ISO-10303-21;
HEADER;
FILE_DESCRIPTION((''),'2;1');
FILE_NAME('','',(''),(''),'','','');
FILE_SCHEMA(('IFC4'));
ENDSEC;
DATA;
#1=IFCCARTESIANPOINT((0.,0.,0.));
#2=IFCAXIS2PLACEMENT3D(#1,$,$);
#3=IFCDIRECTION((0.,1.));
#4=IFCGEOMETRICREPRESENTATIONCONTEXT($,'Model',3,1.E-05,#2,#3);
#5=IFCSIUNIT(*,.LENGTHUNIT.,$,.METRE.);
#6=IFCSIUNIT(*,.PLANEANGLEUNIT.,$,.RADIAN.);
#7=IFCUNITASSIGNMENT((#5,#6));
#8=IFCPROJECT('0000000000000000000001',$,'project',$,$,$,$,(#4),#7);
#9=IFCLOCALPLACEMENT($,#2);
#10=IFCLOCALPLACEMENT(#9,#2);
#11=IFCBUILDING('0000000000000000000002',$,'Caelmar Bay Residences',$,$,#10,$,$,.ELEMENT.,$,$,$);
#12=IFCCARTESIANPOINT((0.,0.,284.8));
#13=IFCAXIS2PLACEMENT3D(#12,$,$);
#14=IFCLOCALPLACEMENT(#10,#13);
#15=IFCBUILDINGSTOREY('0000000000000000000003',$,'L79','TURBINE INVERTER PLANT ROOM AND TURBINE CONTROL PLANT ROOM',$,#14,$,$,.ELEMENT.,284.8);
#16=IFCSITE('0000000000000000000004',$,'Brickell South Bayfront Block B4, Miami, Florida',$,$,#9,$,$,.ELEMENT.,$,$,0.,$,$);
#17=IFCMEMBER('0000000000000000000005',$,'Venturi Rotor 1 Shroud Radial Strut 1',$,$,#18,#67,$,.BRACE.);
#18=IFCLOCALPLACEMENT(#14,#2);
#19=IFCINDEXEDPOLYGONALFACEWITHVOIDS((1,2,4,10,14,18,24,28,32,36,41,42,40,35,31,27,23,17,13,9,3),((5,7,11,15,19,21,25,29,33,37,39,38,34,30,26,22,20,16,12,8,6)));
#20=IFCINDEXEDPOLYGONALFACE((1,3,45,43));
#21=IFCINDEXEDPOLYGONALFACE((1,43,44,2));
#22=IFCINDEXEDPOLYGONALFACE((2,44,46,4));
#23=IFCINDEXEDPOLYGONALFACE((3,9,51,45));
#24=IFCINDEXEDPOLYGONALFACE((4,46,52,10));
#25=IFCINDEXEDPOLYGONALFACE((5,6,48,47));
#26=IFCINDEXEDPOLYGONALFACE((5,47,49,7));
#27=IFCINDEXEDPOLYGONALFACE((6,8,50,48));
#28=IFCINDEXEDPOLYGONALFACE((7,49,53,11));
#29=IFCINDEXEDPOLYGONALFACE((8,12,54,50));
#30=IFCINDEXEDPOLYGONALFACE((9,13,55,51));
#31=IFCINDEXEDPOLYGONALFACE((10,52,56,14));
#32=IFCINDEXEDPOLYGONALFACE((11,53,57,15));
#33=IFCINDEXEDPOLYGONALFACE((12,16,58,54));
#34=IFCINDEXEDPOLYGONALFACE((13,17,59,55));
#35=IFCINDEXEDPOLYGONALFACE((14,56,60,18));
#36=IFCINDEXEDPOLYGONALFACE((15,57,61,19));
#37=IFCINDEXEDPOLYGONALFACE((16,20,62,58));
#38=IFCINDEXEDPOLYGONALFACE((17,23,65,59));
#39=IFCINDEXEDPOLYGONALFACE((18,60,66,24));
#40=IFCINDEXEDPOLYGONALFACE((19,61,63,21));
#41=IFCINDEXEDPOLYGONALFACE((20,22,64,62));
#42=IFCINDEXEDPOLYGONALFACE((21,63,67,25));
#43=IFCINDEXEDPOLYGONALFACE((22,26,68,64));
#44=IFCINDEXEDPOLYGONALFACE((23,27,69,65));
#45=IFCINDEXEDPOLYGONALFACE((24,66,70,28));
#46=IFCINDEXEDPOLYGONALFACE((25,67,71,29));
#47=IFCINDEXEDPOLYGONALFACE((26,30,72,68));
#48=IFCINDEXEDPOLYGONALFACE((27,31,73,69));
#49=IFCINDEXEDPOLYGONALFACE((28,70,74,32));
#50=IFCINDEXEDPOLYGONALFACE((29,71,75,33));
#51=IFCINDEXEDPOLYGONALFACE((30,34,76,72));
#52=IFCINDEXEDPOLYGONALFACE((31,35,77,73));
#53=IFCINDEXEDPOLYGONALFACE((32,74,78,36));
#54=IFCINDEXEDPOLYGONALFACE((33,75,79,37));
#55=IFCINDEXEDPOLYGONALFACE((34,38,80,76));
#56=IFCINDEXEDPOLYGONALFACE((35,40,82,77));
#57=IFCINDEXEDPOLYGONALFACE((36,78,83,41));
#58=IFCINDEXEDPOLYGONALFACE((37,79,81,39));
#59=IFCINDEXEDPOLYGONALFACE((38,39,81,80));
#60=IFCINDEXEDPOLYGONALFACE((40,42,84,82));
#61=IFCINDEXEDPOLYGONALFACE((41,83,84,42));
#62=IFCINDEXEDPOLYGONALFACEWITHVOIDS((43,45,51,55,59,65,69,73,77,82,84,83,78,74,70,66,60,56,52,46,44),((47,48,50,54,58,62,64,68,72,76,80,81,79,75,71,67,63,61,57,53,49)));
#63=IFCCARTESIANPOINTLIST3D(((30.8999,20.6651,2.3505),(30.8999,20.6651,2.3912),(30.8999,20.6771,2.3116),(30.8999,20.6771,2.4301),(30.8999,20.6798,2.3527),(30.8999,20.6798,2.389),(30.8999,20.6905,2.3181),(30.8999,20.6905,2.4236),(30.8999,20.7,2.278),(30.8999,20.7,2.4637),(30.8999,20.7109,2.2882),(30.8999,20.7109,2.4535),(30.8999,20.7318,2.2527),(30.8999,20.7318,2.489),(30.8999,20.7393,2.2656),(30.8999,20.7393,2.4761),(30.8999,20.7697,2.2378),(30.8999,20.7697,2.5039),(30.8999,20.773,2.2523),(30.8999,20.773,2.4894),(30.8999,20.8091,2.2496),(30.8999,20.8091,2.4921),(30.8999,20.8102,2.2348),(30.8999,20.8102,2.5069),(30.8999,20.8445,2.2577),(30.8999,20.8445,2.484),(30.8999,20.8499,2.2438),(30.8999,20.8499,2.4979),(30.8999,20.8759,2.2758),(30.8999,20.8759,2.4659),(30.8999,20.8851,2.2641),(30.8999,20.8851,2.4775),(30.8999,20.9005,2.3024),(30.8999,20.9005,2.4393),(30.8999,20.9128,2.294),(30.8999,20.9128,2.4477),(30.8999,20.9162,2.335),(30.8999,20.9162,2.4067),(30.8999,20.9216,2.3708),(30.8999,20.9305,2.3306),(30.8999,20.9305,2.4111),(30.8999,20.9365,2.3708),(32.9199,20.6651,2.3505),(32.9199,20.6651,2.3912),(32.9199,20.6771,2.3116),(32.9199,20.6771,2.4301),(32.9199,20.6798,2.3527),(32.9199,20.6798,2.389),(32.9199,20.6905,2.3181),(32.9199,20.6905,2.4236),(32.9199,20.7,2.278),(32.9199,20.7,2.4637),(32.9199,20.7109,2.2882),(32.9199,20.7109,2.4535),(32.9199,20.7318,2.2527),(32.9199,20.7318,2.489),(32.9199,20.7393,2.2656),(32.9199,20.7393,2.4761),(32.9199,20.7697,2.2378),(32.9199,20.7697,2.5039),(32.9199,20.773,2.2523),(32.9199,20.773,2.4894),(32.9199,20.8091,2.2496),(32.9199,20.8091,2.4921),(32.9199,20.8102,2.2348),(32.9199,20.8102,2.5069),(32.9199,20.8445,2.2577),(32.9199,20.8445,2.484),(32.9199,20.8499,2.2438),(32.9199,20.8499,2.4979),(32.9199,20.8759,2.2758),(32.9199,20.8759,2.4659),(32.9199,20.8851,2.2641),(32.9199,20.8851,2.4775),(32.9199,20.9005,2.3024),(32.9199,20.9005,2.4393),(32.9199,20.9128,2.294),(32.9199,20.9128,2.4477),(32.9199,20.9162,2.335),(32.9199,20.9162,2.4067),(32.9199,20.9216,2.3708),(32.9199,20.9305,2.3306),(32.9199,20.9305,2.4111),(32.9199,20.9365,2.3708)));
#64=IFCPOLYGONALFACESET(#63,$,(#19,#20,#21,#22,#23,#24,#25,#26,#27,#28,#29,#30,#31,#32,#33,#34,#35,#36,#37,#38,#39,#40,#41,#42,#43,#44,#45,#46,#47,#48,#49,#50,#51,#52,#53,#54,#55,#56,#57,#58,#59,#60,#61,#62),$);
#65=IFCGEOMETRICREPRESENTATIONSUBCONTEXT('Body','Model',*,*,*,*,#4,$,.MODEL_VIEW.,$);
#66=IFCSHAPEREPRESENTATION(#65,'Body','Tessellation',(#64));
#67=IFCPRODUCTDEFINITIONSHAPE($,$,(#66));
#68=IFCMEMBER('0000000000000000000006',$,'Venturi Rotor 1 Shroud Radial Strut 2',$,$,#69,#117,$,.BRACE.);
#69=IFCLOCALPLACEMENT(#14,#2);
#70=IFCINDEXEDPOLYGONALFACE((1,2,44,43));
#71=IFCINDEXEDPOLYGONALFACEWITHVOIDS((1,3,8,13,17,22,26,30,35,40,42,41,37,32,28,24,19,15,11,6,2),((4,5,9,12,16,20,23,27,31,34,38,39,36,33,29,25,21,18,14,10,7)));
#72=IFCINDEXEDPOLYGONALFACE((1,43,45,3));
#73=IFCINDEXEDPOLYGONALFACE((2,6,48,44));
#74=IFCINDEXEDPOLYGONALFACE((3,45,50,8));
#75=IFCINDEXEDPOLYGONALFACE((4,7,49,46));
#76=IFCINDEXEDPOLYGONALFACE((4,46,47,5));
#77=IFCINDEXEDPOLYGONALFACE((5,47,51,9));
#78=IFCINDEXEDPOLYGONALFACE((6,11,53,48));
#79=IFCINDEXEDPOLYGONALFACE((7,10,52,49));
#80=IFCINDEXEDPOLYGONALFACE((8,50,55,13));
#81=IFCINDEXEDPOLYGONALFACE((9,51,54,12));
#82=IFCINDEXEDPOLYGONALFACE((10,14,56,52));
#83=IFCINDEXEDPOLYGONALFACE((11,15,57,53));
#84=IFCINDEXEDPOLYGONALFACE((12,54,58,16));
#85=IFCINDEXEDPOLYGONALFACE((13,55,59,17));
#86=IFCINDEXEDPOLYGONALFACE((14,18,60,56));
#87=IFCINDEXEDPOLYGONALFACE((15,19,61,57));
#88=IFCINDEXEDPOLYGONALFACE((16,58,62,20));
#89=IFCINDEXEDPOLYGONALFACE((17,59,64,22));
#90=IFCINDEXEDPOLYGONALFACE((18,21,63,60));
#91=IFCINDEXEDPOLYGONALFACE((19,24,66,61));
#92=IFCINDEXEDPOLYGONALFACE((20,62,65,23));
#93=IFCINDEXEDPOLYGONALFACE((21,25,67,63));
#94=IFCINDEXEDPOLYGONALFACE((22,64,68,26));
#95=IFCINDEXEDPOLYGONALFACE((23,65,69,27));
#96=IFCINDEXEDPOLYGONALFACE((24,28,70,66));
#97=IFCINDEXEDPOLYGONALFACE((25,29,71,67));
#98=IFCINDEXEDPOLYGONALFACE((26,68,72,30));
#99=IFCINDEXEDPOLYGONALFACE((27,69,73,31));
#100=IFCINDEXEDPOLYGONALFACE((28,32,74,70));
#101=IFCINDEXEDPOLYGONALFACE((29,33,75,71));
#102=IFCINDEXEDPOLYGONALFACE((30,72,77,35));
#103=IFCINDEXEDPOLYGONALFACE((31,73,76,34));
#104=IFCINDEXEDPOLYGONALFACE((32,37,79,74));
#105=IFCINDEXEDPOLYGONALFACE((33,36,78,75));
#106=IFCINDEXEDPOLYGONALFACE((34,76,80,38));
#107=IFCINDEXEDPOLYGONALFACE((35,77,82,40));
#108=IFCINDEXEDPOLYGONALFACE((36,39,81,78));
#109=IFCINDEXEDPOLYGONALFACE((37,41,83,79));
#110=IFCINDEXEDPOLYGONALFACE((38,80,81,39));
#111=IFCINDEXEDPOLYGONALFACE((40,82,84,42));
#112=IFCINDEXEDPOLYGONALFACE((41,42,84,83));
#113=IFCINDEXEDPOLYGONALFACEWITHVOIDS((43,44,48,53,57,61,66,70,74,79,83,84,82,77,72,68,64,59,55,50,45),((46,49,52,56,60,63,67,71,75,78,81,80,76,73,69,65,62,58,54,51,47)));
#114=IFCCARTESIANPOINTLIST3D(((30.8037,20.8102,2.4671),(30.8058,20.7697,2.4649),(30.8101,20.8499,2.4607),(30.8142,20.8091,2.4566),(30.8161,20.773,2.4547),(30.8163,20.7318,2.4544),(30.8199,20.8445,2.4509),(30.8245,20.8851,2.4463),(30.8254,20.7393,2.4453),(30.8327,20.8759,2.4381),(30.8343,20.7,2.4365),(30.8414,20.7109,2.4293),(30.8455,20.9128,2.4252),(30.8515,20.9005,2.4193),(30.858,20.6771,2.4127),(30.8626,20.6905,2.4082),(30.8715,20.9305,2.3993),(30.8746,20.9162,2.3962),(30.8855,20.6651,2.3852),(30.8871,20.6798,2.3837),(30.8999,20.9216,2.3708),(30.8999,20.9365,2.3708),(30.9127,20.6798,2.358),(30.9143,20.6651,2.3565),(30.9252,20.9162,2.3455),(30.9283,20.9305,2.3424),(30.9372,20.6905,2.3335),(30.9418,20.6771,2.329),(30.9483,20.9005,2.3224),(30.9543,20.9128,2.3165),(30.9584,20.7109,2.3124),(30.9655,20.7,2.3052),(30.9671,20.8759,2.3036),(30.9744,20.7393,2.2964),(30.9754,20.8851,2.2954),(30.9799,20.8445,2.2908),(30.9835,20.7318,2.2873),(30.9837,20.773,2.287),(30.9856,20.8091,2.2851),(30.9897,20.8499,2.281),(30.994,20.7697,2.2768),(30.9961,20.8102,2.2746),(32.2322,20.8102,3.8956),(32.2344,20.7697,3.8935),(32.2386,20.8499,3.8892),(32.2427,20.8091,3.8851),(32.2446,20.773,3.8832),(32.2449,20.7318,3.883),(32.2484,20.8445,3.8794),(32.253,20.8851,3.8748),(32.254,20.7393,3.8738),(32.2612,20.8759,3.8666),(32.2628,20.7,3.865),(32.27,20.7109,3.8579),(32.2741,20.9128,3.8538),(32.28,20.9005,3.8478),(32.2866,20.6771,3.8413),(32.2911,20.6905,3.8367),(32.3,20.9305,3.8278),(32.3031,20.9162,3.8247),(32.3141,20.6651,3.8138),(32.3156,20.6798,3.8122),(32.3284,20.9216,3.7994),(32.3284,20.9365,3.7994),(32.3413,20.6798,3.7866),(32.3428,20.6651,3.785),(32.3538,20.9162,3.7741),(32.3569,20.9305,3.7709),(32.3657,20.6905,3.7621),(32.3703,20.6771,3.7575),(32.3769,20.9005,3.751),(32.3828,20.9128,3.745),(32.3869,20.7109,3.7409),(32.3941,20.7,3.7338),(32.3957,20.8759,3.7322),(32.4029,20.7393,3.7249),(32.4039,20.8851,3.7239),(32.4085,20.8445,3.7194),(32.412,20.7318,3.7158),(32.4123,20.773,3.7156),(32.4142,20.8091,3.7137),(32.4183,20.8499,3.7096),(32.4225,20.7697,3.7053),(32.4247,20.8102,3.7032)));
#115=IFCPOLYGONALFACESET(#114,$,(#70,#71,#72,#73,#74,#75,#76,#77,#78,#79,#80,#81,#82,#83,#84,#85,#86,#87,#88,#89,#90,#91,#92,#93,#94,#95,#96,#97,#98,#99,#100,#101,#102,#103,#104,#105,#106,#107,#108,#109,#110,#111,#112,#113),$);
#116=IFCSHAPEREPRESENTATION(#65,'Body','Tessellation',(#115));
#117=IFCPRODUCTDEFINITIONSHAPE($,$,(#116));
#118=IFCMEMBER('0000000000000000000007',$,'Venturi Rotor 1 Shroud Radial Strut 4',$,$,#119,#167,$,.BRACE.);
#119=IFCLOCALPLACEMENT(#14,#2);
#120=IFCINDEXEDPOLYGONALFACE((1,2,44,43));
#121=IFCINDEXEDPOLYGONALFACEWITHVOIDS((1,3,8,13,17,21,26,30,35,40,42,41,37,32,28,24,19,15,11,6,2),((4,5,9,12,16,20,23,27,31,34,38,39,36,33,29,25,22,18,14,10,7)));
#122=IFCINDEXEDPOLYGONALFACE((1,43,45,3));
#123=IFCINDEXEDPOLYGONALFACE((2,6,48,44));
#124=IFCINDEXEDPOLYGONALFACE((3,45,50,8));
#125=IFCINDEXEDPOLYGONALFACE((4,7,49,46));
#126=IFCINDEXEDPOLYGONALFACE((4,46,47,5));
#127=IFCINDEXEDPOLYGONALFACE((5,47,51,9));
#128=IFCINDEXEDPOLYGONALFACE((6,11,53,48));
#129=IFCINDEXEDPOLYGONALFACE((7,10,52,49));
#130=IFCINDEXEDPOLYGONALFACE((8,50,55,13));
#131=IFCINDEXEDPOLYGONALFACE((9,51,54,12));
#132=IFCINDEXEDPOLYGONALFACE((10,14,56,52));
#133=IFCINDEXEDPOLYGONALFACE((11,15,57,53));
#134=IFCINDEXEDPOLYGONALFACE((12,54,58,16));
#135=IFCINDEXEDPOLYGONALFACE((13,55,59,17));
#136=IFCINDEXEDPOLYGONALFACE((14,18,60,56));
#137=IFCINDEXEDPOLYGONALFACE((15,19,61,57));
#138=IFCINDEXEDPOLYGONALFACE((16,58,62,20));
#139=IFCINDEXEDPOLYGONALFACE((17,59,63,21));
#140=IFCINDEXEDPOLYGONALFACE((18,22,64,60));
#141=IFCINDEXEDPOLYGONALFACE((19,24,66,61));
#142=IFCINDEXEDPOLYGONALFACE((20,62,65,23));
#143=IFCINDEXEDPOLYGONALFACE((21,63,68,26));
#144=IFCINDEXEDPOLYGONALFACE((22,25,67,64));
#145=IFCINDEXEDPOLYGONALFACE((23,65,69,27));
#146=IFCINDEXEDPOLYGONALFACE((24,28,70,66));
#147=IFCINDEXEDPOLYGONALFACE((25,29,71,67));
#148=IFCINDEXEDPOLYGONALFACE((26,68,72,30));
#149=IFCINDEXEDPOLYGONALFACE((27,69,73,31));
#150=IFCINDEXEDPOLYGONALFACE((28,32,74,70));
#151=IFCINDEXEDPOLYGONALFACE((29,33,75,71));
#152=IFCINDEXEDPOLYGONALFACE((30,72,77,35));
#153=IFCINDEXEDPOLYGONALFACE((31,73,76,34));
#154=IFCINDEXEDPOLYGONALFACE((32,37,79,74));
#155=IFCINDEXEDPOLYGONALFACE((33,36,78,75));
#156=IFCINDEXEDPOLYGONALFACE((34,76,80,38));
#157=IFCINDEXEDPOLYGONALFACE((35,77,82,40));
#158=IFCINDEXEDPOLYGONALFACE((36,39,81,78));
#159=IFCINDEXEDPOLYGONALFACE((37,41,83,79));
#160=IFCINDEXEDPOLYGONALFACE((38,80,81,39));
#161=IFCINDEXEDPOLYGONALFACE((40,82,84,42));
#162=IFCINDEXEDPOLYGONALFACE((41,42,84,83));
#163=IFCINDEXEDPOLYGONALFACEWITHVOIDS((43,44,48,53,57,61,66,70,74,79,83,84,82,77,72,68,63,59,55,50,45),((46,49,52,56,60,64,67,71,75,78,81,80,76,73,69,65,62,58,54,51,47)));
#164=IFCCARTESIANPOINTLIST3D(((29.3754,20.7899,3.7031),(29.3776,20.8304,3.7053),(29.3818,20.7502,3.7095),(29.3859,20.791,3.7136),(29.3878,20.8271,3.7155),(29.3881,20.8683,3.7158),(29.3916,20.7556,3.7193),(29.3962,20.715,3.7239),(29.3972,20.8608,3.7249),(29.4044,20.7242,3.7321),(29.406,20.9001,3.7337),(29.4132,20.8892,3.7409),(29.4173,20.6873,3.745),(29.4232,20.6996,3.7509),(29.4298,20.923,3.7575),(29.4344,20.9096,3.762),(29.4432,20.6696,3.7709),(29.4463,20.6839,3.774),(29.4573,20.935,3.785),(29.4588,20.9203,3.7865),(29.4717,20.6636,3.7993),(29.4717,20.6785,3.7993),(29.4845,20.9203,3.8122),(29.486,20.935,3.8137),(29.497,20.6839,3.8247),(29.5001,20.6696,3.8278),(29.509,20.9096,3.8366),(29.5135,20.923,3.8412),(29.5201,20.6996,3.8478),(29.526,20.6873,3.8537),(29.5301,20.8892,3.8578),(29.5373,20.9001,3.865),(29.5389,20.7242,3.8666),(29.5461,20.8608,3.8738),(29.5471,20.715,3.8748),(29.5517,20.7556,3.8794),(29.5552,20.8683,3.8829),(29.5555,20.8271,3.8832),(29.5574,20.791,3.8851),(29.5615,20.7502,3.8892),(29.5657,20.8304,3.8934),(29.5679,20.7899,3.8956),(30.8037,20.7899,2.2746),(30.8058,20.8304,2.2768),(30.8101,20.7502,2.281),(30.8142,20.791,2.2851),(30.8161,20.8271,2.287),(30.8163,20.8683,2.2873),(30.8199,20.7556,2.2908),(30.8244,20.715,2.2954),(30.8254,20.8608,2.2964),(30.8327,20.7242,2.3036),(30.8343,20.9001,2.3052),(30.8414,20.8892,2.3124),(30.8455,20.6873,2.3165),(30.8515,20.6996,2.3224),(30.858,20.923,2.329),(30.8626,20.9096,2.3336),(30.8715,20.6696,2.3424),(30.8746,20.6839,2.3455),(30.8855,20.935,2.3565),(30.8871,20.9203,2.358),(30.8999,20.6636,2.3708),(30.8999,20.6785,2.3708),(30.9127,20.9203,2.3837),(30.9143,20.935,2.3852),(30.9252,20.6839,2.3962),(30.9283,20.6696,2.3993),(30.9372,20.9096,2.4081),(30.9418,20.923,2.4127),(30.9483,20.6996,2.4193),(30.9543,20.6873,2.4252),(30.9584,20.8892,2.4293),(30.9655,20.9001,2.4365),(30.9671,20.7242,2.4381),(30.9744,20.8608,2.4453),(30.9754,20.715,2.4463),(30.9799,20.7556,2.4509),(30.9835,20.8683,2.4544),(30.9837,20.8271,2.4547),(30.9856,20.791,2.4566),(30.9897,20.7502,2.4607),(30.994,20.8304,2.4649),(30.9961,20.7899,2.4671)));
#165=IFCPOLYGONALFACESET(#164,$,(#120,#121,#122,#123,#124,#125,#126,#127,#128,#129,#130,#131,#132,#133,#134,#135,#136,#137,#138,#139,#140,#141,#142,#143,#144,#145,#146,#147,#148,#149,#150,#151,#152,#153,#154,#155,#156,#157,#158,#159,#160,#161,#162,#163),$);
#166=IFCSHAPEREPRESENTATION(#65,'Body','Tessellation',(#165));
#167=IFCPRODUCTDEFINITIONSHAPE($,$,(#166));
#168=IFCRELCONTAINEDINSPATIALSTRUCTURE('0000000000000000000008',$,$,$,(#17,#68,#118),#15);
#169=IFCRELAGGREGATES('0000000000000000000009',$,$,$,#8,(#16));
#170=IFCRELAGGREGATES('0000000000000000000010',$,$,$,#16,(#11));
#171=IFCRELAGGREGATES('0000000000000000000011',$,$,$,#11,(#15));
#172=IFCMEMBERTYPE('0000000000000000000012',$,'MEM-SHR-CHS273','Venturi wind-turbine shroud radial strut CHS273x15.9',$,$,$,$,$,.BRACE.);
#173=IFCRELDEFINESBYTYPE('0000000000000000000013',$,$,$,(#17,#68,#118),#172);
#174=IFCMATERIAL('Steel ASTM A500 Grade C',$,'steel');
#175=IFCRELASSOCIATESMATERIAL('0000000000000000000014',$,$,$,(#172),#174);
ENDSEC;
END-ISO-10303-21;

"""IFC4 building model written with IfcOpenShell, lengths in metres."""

from ifc_helpers import new_model, si_unit, direction, frame, origin, origin_2d, place, context, subcontext, project, spatial, hollow_circle, extrude, material, material_profile, profile_set, type_object, element, save


model = new_model("IFC4")

# Units and contexts
model_context = context("Model", 3, precision=1e-05, world=origin(), true_north=direction((0.0, 1.0)))
body_context = subcontext(model_context, "Body", "Model", "MODEL_VIEW")
ifc_project = project(units=[si_unit("LENGTHUNIT", "METRE"), si_unit("PLANEANGLEUNIT", "RADIAN")], contexts=[model_context])

# Site, building, storey
site_placement = place(None, origin())
site = spatial("IfcSite", under=ifc_project, at=site_placement, Name="Brickell South Bayfront Block B4, Miami, Florida", CompositionType="ELEMENT", RefElevation=0.0)
building_placement = place(site_placement, origin())
building = spatial("IfcBuilding", under=site, at=building_placement, Name="Caelmar Bay Residences", CompositionType="ELEMENT")
storey_placement = place(building_placement, frame((0.0, 0.0, 284.8)))
storey = spatial("IfcBuildingStorey", under=building, at=storey_placement, Name="L79", Description="TURBINE INVERTER PLANT ROOM AND TURBINE CONTROL PLANT ROOM", CompositionType="ELEMENT", Elevation=284.8)

# Members
ifc_material_1 = material(Name="Steel ASTM A500 Grade C", Category="steel")
ifc_material_profile_1 = material_profile(ifc_material_1, hollow_circle(Radius=0.1365, WallThickness=0.0149, at=origin_2d()), Name="CHS273X15.9")
ifc_profile_set_1 = profile_set([ifc_material_profile_1], Name="Steel ASTM A500 Grade C")
member_type_1 = type_object("IfcMemberType", Name="MEM-SHR-CHS273", Description="Venturi wind-turbine shroud radial strut CHS273x15.9", PredefinedType="BRACE", material=ifc_profile_set_1)
member_1_placement = place(storey_placement, frame((30.8999, 20.8, 2.3708), z_axis=(1.0, 0.0, 0.0), x_axis=(0.0, 1.0, 0.0)))
element("IfcMember", 1, at=member_1_placement, inside=storey, type_object=member_type_1, Name="Venturi Rotor 1 Shroud Radial Strut 1", PredefinedType="BRACE", context=body_context, shape_type="SweptSolid", body=[
    extrude(hollow_circle(Radius=0.1365, WallThickness=0.0149, at=origin_2d()), origin(), (0.0, 0.0, 1.0), 2.02),
])
member_2_placement = place(storey_placement, frame((30.8999, 20.8, 2.3708), z_axis=(0.707107, 0.0, 0.707107), x_axis=(0.0, 1.0, 0.0)))
element("IfcMember", 2, at=member_2_placement, inside=storey, type_object=member_type_1, Name="Venturi Rotor 1 Shroud Radial Strut 2", PredefinedType="BRACE", context=body_context, shape_type="SweptSolid", body=[
    extrude(hollow_circle(Radius=0.1365, WallThickness=0.0149, at=origin_2d()), origin(), (0.0, 0.0, 1.0), 2.0203),
])
for number, where, z_axis, x_axis, name in (
    (3, (30.8999, 20.8, 2.3708), (-0.707046, 0.0, 0.707167), (0.0, -1.0, 0.0), "Venturi Rotor 1 Shroud Radial Strut 4"),
):
    element("IfcMember", number, at=place(storey_placement, frame(where, z_axis=z_axis, x_axis=x_axis)), inside=storey, type_object=member_type_1, Name=name, PredefinedType="BRACE", context=body_context, shape_type="SweptSolid", body=[
        extrude(hollow_circle(Radius=0.1365, WallThickness=0.0149, at=origin_2d()), origin(), (0.0, 0.0, 1.0), 2.02),
    ])

save(model, "model.ifc")
